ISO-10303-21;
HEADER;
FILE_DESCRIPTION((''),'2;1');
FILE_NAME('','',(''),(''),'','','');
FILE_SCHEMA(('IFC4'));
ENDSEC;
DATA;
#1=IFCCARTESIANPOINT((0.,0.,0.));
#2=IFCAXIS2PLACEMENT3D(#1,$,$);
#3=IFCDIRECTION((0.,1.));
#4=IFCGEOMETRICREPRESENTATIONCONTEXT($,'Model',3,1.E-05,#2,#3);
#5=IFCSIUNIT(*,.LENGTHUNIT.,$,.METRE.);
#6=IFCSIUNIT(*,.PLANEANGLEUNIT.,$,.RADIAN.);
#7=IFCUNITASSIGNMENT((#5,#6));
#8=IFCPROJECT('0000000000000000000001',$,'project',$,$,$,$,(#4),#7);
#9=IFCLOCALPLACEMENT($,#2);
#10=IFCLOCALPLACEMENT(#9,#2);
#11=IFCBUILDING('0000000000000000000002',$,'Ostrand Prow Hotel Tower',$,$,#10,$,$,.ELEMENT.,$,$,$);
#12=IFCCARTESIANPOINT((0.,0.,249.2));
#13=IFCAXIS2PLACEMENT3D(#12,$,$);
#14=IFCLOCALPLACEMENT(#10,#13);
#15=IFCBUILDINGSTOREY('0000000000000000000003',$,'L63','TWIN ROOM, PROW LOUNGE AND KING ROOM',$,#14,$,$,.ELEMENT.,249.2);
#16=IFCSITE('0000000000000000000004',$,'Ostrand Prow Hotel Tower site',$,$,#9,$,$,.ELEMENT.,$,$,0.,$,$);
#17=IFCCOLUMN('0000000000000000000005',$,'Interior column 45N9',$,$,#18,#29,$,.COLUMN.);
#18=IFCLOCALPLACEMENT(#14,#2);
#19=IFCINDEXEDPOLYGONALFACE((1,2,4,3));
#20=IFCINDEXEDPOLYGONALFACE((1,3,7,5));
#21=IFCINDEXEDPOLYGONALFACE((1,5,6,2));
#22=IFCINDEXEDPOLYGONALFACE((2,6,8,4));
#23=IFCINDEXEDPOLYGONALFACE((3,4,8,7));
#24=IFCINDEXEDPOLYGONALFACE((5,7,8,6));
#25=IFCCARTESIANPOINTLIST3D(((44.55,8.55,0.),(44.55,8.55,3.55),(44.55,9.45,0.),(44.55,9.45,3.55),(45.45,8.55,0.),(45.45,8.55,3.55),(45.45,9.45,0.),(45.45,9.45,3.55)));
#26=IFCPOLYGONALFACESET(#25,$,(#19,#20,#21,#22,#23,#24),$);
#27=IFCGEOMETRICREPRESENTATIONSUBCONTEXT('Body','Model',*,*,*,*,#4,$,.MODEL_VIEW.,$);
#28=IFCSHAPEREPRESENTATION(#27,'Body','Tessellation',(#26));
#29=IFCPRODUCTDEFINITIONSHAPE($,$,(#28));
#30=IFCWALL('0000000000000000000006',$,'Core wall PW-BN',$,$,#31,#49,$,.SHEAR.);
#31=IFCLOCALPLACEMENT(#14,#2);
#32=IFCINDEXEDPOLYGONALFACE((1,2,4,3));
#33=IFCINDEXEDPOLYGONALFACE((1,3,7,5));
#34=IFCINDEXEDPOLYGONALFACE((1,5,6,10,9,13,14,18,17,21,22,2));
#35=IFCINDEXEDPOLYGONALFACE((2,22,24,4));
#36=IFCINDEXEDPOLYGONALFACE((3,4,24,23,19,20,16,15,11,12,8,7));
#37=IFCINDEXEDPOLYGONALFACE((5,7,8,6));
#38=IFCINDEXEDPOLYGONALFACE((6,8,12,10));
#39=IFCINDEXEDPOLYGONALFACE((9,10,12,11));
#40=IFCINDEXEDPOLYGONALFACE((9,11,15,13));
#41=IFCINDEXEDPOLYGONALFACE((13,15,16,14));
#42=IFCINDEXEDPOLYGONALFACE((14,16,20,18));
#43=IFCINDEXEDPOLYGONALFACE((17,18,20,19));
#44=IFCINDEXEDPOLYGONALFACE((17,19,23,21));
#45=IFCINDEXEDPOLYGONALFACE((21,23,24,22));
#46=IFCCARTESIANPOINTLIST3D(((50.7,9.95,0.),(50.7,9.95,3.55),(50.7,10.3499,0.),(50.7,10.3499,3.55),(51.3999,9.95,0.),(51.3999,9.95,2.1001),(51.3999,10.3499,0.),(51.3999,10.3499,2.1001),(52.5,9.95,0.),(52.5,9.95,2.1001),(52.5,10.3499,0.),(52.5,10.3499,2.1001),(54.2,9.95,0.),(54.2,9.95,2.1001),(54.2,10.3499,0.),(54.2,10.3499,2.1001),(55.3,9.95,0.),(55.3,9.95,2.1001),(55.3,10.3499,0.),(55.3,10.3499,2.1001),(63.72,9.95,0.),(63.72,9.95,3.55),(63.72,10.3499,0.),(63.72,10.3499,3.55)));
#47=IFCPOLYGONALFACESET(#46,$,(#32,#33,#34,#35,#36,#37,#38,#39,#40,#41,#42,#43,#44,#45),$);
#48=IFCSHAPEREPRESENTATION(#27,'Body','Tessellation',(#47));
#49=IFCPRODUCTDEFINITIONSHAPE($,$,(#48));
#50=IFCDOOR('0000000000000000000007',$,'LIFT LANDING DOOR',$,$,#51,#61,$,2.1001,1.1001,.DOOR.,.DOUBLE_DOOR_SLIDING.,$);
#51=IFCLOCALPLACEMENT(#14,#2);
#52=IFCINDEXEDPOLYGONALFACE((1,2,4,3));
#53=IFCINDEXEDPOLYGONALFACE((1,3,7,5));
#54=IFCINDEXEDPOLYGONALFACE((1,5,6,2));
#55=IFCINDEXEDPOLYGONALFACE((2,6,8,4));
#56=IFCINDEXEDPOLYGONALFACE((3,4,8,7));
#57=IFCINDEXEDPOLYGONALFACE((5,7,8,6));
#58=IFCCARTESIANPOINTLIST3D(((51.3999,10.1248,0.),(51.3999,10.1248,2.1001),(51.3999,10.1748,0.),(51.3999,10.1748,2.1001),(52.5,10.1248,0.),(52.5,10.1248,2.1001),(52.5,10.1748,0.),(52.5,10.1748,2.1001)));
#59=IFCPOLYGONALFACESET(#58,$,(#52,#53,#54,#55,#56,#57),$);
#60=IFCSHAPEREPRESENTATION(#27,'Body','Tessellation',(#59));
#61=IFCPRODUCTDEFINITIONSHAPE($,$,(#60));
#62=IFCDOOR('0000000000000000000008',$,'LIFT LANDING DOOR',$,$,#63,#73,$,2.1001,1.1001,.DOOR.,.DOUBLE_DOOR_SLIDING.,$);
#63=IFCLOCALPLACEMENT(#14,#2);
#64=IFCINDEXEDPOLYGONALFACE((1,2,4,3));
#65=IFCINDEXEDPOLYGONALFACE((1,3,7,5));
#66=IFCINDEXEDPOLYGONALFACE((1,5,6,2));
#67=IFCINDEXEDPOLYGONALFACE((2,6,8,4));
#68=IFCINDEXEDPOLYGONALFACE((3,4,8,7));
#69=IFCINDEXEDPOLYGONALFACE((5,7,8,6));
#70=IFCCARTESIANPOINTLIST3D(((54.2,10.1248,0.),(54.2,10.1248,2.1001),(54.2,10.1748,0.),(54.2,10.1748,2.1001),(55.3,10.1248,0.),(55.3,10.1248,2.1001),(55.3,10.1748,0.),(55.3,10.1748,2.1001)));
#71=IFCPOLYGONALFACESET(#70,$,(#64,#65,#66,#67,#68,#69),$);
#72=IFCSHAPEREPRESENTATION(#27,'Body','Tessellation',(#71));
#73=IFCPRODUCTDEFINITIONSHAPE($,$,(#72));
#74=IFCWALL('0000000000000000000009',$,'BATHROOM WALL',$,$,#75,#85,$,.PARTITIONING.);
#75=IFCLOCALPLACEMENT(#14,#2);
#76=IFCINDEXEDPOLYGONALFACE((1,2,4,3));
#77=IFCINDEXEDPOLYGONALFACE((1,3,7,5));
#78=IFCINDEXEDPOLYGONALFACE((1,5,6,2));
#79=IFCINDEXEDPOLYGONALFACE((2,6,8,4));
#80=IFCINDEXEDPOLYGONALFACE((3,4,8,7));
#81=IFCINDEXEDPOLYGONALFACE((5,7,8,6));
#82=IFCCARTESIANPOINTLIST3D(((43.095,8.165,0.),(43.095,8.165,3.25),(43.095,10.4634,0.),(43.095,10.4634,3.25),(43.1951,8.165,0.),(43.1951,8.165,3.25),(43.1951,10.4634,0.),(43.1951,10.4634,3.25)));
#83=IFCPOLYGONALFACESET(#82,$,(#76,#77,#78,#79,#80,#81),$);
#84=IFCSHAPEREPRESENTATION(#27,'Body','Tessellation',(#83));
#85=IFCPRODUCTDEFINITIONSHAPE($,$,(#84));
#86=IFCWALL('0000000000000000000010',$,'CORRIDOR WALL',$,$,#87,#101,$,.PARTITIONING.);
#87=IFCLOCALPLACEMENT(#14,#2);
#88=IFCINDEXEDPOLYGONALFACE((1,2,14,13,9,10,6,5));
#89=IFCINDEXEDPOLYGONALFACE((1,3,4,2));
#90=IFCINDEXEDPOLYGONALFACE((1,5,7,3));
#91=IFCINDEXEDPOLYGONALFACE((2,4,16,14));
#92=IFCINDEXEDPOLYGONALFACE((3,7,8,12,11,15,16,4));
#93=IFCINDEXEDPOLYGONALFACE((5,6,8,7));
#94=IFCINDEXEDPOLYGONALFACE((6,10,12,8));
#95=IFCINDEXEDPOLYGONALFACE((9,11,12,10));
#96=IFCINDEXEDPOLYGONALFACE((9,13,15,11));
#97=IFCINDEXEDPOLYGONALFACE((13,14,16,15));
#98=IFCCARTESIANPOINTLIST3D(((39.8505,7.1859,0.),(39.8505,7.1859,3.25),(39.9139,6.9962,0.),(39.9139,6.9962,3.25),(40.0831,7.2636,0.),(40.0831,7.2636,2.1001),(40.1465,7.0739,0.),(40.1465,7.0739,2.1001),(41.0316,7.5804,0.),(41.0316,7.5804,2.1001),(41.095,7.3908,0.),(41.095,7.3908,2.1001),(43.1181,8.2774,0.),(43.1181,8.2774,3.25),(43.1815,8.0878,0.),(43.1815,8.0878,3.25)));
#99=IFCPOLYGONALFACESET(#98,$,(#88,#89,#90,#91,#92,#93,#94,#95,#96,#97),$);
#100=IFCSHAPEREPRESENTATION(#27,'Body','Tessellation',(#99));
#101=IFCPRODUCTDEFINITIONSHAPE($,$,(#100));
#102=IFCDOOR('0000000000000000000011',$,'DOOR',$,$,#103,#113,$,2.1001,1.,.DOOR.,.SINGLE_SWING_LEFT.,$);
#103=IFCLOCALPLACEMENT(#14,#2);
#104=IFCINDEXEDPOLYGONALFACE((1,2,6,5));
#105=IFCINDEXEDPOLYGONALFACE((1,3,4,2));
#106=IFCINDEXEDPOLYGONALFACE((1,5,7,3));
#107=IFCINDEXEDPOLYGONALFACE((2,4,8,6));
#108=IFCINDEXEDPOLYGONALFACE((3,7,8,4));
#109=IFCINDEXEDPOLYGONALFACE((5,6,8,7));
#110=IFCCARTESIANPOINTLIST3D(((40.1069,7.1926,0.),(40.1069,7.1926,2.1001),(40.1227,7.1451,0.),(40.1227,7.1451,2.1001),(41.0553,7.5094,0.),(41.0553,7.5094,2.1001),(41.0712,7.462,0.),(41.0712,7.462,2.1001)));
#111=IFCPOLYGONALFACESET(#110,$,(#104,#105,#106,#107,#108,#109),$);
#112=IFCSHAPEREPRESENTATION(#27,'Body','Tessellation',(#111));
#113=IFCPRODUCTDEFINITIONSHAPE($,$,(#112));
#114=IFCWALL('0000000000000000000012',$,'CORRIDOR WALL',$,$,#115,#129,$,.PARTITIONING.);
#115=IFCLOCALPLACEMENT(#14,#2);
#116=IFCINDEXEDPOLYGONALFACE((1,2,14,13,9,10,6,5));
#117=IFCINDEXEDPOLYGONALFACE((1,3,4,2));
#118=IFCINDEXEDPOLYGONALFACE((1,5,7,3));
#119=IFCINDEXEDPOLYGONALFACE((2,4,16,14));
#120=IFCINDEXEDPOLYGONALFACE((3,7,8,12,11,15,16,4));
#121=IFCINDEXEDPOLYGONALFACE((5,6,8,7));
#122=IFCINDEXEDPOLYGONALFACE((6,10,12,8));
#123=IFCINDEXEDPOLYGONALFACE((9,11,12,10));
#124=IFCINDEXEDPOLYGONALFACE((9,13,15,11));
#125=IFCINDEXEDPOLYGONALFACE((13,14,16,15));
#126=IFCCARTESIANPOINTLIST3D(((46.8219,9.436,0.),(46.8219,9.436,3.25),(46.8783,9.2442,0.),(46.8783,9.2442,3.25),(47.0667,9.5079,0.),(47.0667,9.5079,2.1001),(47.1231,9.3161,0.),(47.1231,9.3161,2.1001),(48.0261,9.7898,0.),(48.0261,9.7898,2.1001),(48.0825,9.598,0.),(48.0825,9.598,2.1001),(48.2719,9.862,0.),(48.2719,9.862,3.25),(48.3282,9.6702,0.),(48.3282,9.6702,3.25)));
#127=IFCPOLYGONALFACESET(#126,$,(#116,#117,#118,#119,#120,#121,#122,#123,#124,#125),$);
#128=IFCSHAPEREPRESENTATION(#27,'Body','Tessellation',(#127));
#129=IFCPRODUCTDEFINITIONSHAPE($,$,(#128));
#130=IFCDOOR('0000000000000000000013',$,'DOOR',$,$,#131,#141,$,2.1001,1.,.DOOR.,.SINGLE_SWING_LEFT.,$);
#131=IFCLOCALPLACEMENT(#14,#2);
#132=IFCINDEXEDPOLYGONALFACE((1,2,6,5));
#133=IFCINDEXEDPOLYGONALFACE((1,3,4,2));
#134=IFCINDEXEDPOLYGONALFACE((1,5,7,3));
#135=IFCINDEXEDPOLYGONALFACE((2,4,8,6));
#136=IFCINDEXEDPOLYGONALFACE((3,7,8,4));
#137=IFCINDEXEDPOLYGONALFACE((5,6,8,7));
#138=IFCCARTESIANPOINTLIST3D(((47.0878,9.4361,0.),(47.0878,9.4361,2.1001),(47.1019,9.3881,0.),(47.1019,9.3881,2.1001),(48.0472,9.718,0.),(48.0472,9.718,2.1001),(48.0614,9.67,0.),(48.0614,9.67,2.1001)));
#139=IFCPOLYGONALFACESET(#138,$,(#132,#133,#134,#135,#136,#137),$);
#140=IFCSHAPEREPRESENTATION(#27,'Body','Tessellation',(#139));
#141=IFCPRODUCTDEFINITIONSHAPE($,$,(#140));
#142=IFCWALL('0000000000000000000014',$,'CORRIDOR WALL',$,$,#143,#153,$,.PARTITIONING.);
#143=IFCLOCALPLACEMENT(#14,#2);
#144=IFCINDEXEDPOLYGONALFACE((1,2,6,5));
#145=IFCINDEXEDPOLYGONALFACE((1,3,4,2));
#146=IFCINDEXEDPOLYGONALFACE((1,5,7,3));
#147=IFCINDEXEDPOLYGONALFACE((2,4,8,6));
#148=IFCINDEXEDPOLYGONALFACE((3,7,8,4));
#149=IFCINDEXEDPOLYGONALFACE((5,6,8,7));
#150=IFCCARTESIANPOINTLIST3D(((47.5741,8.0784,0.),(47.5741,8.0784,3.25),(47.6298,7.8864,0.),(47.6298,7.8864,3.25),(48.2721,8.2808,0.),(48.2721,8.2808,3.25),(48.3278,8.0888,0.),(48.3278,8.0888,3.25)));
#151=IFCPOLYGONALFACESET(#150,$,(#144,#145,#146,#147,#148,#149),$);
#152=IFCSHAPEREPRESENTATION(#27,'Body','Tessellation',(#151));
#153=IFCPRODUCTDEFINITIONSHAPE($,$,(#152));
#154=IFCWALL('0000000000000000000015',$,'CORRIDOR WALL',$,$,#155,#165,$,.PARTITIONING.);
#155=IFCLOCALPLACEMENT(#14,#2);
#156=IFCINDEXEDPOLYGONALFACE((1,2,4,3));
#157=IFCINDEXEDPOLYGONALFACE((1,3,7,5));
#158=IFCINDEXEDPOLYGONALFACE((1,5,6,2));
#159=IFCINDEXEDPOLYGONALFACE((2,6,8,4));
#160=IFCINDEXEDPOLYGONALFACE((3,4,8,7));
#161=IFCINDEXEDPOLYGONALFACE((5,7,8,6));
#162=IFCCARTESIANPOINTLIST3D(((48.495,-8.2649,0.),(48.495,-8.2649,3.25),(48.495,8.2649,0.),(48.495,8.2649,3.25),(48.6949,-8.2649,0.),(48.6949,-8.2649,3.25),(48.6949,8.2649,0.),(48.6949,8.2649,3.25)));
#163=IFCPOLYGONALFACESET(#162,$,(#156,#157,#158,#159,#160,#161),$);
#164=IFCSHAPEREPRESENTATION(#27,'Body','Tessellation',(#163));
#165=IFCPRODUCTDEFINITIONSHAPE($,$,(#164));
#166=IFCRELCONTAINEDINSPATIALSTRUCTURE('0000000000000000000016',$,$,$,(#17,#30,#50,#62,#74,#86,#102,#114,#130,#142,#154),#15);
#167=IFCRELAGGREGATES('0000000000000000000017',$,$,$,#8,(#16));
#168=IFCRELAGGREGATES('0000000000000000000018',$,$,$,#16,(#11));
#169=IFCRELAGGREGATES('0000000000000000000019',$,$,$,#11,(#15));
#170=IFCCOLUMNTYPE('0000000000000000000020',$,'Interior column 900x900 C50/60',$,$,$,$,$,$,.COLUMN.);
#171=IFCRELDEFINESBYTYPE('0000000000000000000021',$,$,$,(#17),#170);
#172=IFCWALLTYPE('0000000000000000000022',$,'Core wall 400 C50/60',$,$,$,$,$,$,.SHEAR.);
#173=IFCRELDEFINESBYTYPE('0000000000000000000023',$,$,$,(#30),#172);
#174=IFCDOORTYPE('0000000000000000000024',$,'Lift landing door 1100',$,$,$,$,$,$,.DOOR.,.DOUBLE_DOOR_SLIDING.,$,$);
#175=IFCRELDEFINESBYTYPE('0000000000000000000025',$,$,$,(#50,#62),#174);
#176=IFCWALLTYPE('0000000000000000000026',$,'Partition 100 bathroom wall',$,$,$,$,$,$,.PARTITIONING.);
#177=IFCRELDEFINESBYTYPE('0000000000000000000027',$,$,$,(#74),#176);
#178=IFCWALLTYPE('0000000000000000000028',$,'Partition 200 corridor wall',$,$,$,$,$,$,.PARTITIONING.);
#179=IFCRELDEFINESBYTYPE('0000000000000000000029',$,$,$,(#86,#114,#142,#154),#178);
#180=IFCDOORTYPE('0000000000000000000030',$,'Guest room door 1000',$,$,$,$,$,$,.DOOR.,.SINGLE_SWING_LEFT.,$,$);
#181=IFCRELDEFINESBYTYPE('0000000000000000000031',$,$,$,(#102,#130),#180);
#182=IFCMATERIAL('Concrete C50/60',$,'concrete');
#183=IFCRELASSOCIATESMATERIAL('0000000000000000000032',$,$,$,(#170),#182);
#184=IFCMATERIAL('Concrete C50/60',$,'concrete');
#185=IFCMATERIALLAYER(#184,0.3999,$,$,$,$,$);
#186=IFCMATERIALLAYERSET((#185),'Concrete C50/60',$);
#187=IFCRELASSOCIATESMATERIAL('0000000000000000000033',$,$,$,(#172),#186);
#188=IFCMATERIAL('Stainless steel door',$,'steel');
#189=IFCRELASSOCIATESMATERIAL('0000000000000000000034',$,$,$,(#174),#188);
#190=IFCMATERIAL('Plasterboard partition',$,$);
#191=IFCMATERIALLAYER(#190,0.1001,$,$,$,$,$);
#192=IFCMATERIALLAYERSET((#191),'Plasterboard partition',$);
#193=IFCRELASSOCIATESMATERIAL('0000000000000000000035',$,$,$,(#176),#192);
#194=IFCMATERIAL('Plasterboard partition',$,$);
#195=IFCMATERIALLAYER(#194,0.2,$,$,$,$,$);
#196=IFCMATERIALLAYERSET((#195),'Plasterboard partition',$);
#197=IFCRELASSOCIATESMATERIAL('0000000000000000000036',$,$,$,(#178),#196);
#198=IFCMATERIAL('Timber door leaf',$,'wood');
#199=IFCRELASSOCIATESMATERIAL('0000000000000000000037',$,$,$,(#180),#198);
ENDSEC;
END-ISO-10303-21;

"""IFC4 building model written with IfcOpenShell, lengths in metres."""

from ifc_helpers import new_model, si_unit, direction, frame, frame_2d, origin, origin_2d, place, context, subcontext, project, spatial, rectangle, extrude, material, layer, layer_set, material_profile, profile_set, type_object, element, fill, save


model = new_model("IFC4")

# Units and contexts
model_context = context("Model", 3, precision=1e-05, world=origin(), true_north=direction((0.0, 1.0)))
body_context = subcontext(model_context, "Body", "Model", "MODEL_VIEW")
ifc_project = project(units=[si_unit("LENGTHUNIT", "METRE"), si_unit("PLANEANGLEUNIT", "RADIAN")], contexts=[model_context])

# Site, building, storey
site_placement = place(None, origin())
site = spatial("IfcSite", under=ifc_project, at=site_placement, Name="Ostrand Prow Hotel Tower site", CompositionType="ELEMENT", RefElevation=0.0)
building_placement = place(site_placement, origin())
building = spatial("IfcBuilding", under=site, at=building_placement, Name="Ostrand Prow Hotel Tower", CompositionType="ELEMENT")
storey_placement = place(building_placement, frame((0.0, 0.0, 249.2)))
storey = spatial("IfcBuildingStorey", under=building, at=storey_placement, Name="L63", Description="TWIN ROOM, PROW LOUNGE AND KING ROOM", CompositionType="ELEMENT", Elevation=249.2)

# Column
ifc_material_1 = material(Name="Concrete C50/60", Category="concrete")
ifc_material_profile = material_profile(ifc_material_1, rectangle(XDim=0.8999, YDim=0.8999, at=origin_2d()), Name="RC 900x900")
ifc_profile_set = profile_set([ifc_material_profile], Name="Concrete C50/60")
column_type = type_object("IfcColumnType", Name="Interior column 900x900 C50/60", PredefinedType="COLUMN", material=ifc_profile_set)
column_placement = place(storey_placement, frame((45.0, 9.0, 0.0), z_axis=(0.0, 0.0, 1.0), x_axis=(1.0, 0.0, 0.0)))
element("IfcColumn", 1, at=column_placement, inside=storey, type_object=column_type, Name="Interior column 45N9", PredefinedType="COLUMN", context=body_context, shape_type="SweptSolid", body=[
    extrude(rectangle(XDim=0.8999, YDim=0.8999, at=origin_2d()), origin(), (0.0, 0.0, 1.0), 3.55),
])

# Wall, openings, doors
ifc_material_2 = material(Name="Concrete C50/60", Category="concrete")
ifc_layer_1 = layer(ifc_material_2, 0.3999)
ifc_layer_set_1 = layer_set([ifc_layer_1], Name="Concrete C50/60")
wall_type_1 = type_object("IfcWallType", Name="Core wall 400 C50/60", PredefinedType="SHEAR", material=ifc_layer_set_1)
wall_1_placement = place(storey_placement, frame((50.7, 10.1499, 0.0), z_axis=(0.0, 0.0, 1.0), x_axis=(1.0, 0.0, 0.0)))
wall_1 = element("IfcWall", 2, at=wall_1_placement, inside=storey, type_object=wall_type_1, Name="Core wall PW-BN", PredefinedType="SHEAR", context=body_context, shape_type="SweptSolid", body=[
    extrude(rectangle(XDim=13.02, YDim=0.3999, at=frame_2d((6.51, 0.0))), origin(), (0.0, 0.0, 1.0), 3.55),
])
opening_1_placement = place(wall_1_placement, frame((0.7, 0.0, 0.0)))
opening_1 = element("IfcOpeningElement", 3, at=opening_1_placement, cuts=wall_1, PredefinedType="OPENING", context=body_context, shape_type="SweptSolid", body=[
    extrude(rectangle(XDim=1.1001, YDim=2.1001, at=frame_2d((0.55, 1.05))), frame((0.0, 0.21, 0.0), z_axis=(0.0, -1.0, 0.0), x_axis=(1.0, 0.0, 0.0)), (0.0, 0.0, 1.0), 0.4199),
])
opening_2_placement = place(wall_1_placement, frame((3.5, 0.0, 0.0)))
opening_2 = element("IfcOpeningElement", 4, at=opening_2_placement, cuts=wall_1, PredefinedType="OPENING", context=body_context, shape_type="SweptSolid", body=[
    extrude(rectangle(XDim=1.1001, YDim=2.1001, at=frame_2d((0.55, 1.05))), frame((0.0, 0.21, 0.0), z_axis=(0.0, -1.0, 0.0), x_axis=(1.0, 0.0, 0.0)), (0.0, 0.0, 1.0), 0.4199),
])
ifc_material_3 = material(Name="Stainless steel door", Category="steel")
door_type_1 = type_object("IfcDoorType", Name="Lift landing door 1100", OperationType="DOUBLE_DOOR_SLIDING", PredefinedType="DOOR", material=ifc_material_3)
door_1_placement = place(opening_1_placement, origin())
door_1 = element("IfcDoor", 5, at=door_1_placement, inside=storey, type_object=door_type_1, Name="LIFT LANDING DOOR", OperationType="DOUBLE_DOOR_SLIDING", OverallHeight=2.1001, OverallWidth=1.1001, PredefinedType="DOOR", context=body_context, shape_type="SweptSolid", body=[
    extrude(rectangle(XDim=1.1001, YDim=2.1001, at=frame_2d((0.55, 1.05))), frame((0.0, 0.0249, 0.0), z_axis=(0.0, -1.0, 0.0), x_axis=(1.0, 0.0, 0.0)), (0.0, 0.0, 1.0), 0.05),
])
fill(opening_1, door_1)
door_2_placement = place(opening_2_placement, origin())
door_2 = element("IfcDoor", 6, at=door_2_placement, inside=storey, type_object=door_type_1, Name="LIFT LANDING DOOR", OperationType="DOUBLE_DOOR_SLIDING", OverallHeight=2.1001, OverallWidth=1.1001, PredefinedType="DOOR", context=body_context, shape_type="SweptSolid", body=[
    extrude(rectangle(XDim=1.1001, YDim=2.1001, at=frame_2d((0.55, 1.05))), frame((0.0, 0.0249, 0.0), z_axis=(0.0, -1.0, 0.0), x_axis=(1.0, 0.0, 0.0)), (0.0, 0.0, 1.0), 0.05),
])
fill(opening_2, door_2)

# Wall
ifc_material_4 = material(Name="Plasterboard partition")
ifc_layer_2 = layer(ifc_material_4, 0.1001)
ifc_layer_set_2 = layer_set([ifc_layer_2], Name="Plasterboard partition")
wall_type_2 = type_object("IfcWallType", Name="Partition 100 bathroom wall", PredefinedType="PARTITIONING", material=ifc_layer_set_2)
wall_2_placement = place(storey_placement, frame((43.145, 10.4634, 0.0), z_axis=(0.0, 0.0, 1.0), x_axis=(0.0, -1.0, 0.0)))
element("IfcWall", 7, at=wall_2_placement, inside=storey, type_object=wall_type_2, Name="BATHROOM WALL", PredefinedType="PARTITIONING", context=body_context, shape_type="SweptSolid", body=[
    extrude(rectangle(XDim=2.2983, YDim=0.1001, at=frame_2d((1.1492, 0.0))), origin(), (0.0, 0.0, 1.0), 3.25),
])

# Walls, openings, doors
ifc_material_5 = material(Name="Plasterboard partition")
ifc_layer_3 = layer(ifc_material_5, 0.2)
ifc_layer_set_3 = layer_set([ifc_layer_3], Name="Plasterboard partition")
wall_type_3 = type_object("IfcWallType", Name="Partition 200 corridor wall", PredefinedType="PARTITIONING", material=ifc_layer_set_3)
wall_3_placement = place(storey_placement, frame((43.1499, 8.1826, 0.0), z_axis=(0.0, 0.0, 1.0), x_axis=(-0.948478, -0.316844, 0.0)))
wall_3 = element("IfcWall", 8, at=wall_3_placement, inside=storey, type_object=wall_type_3, Name="CORRIDOR WALL", PredefinedType="PARTITIONING", context=body_context, shape_type="SweptSolid", body=[
    extrude(rectangle(XDim=3.4451, YDim=0.2, at=frame_2d((1.7227, 0.0))), origin(), (0.0, 0.0, 1.0), 3.25),
])
opening_3_placement = place(wall_3_placement, frame((2.2, 0.0, 0.0)))
opening_3 = element("IfcOpeningElement", 9, at=opening_3_placement, cuts=wall_3, PredefinedType="OPENING", context=body_context, shape_type="SweptSolid", body=[
    extrude(rectangle(XDim=1.0, YDim=2.1001, at=frame_2d((0.5, 1.05))), frame((0.0, 0.1099, 0.0), z_axis=(0.0, -1.0, 0.0), x_axis=(1.0, 0.0, 0.0)), (0.0, 0.0, 1.0), 0.22),
])
ifc_material_6 = material(Name="Timber door leaf", Category="wood")
door_type_2 = type_object("IfcDoorType", Name="Guest room door 1000", OperationType="SINGLE_SWING_LEFT", PredefinedType="DOOR", material=ifc_material_6)
door_3_placement = place(opening_3_placement, origin())
door_3 = element("IfcDoor", 10, at=door_3_placement, inside=storey, type_object=door_type_2, Name="DOOR", OperationType="SINGLE_SWING_LEFT", OverallHeight=2.1001, OverallWidth=1.0, PredefinedType="DOOR", context=body_context, shape_type="SweptSolid", body=[
    extrude(rectangle(XDim=1.0, YDim=2.1001, at=frame_2d((0.5, 1.05))), frame((0.0, 0.0249, 0.0), z_axis=(0.0, -1.0, 0.0), x_axis=(1.0, 0.0, 0.0)), (0.0, 0.0, 1.0), 0.05),
])
fill(opening_3, door_3)
wall_4_placement = place(storey_placement, frame((48.3, 9.7661, 0.0), z_axis=(0.0, 0.0, 1.0), x_axis=(-0.959443, -0.281904, 0.0)))
wall_4 = element("IfcWall", 11, at=wall_4_placement, inside=storey, type_object=wall_type_3, Name="CORRIDOR WALL", PredefinedType="PARTITIONING", context=body_context, shape_type="SweptSolid", body=[
    extrude(rectangle(XDim=1.5112, YDim=0.2, at=frame_2d((0.7556, 0.0))), origin(), (0.0, 0.0, 1.0), 3.25),
])
opening_4_placement = place(wall_4_placement, frame((0.2561, 0.0, 0.0)))
opening_4 = element("IfcOpeningElement", 12, at=opening_4_placement, cuts=wall_4, PredefinedType="OPENING", context=body_context, shape_type="SweptSolid", body=[
    extrude(rectangle(XDim=1.0, YDim=2.1001, at=frame_2d((0.5, 1.05))), frame((0.0, 0.1099, 0.0), z_axis=(0.0, -1.0, 0.0), x_axis=(1.0, 0.0, 0.0)), (0.0, 0.0, 1.0), 0.22),
])
door_4_placement = place(opening_4_placement, origin())
door_4 = element("IfcDoor", 13, at=door_4_placement, inside=storey, type_object=door_type_2, Name="DOOR", OperationType="SINGLE_SWING_LEFT", OverallHeight=2.1001, OverallWidth=1.0, PredefinedType="DOOR", context=body_context, shape_type="SweptSolid", body=[
    extrude(rectangle(XDim=1.0, YDim=2.1001, at=frame_2d((0.5, 1.05))), frame((0.0, 0.0249, 0.0), z_axis=(0.0, -1.0, 0.0), x_axis=(1.0, 0.0, 0.0)), (0.0, 0.0, 1.0), 0.05),
])
fill(opening_4, door_4)

# Walls
wall_5_placement = place(storey_placement, frame((47.6021, 7.9824, 0.0), z_axis=(0.0, 0.0, 1.0), x_axis=(0.960439, 0.27849, 0.0)))
element("IfcWall", 14, at=wall_5_placement, inside=storey, type_object=wall_type_3, Name="CORRIDOR WALL", PredefinedType="PARTITIONING", context=body_context, shape_type="SweptSolid", body=[
    extrude(rectangle(XDim=0.7268, YDim=0.2, at=frame_2d((0.3633, 0.0))), origin(), (0.0, 0.0, 1.0), 3.25),
])
wall_6_placement = place(storey_placement, frame((48.595, 8.2649, 0.0), z_axis=(0.0, 0.0, 1.0), x_axis=(0.0, -1.0, 0.0)))
element("IfcWall", 15, at=wall_6_placement, inside=storey, type_object=wall_type_3, Name="CORRIDOR WALL", PredefinedType="PARTITIONING", context=body_context, shape_type="SweptSolid", body=[
    extrude(rectangle(XDim=16.5298, YDim=0.2, at=frame_2d((8.2649, 0.0))), origin(), (0.0, 0.0, 1.0), 3.25),
])

save(model, "model.ifc")
